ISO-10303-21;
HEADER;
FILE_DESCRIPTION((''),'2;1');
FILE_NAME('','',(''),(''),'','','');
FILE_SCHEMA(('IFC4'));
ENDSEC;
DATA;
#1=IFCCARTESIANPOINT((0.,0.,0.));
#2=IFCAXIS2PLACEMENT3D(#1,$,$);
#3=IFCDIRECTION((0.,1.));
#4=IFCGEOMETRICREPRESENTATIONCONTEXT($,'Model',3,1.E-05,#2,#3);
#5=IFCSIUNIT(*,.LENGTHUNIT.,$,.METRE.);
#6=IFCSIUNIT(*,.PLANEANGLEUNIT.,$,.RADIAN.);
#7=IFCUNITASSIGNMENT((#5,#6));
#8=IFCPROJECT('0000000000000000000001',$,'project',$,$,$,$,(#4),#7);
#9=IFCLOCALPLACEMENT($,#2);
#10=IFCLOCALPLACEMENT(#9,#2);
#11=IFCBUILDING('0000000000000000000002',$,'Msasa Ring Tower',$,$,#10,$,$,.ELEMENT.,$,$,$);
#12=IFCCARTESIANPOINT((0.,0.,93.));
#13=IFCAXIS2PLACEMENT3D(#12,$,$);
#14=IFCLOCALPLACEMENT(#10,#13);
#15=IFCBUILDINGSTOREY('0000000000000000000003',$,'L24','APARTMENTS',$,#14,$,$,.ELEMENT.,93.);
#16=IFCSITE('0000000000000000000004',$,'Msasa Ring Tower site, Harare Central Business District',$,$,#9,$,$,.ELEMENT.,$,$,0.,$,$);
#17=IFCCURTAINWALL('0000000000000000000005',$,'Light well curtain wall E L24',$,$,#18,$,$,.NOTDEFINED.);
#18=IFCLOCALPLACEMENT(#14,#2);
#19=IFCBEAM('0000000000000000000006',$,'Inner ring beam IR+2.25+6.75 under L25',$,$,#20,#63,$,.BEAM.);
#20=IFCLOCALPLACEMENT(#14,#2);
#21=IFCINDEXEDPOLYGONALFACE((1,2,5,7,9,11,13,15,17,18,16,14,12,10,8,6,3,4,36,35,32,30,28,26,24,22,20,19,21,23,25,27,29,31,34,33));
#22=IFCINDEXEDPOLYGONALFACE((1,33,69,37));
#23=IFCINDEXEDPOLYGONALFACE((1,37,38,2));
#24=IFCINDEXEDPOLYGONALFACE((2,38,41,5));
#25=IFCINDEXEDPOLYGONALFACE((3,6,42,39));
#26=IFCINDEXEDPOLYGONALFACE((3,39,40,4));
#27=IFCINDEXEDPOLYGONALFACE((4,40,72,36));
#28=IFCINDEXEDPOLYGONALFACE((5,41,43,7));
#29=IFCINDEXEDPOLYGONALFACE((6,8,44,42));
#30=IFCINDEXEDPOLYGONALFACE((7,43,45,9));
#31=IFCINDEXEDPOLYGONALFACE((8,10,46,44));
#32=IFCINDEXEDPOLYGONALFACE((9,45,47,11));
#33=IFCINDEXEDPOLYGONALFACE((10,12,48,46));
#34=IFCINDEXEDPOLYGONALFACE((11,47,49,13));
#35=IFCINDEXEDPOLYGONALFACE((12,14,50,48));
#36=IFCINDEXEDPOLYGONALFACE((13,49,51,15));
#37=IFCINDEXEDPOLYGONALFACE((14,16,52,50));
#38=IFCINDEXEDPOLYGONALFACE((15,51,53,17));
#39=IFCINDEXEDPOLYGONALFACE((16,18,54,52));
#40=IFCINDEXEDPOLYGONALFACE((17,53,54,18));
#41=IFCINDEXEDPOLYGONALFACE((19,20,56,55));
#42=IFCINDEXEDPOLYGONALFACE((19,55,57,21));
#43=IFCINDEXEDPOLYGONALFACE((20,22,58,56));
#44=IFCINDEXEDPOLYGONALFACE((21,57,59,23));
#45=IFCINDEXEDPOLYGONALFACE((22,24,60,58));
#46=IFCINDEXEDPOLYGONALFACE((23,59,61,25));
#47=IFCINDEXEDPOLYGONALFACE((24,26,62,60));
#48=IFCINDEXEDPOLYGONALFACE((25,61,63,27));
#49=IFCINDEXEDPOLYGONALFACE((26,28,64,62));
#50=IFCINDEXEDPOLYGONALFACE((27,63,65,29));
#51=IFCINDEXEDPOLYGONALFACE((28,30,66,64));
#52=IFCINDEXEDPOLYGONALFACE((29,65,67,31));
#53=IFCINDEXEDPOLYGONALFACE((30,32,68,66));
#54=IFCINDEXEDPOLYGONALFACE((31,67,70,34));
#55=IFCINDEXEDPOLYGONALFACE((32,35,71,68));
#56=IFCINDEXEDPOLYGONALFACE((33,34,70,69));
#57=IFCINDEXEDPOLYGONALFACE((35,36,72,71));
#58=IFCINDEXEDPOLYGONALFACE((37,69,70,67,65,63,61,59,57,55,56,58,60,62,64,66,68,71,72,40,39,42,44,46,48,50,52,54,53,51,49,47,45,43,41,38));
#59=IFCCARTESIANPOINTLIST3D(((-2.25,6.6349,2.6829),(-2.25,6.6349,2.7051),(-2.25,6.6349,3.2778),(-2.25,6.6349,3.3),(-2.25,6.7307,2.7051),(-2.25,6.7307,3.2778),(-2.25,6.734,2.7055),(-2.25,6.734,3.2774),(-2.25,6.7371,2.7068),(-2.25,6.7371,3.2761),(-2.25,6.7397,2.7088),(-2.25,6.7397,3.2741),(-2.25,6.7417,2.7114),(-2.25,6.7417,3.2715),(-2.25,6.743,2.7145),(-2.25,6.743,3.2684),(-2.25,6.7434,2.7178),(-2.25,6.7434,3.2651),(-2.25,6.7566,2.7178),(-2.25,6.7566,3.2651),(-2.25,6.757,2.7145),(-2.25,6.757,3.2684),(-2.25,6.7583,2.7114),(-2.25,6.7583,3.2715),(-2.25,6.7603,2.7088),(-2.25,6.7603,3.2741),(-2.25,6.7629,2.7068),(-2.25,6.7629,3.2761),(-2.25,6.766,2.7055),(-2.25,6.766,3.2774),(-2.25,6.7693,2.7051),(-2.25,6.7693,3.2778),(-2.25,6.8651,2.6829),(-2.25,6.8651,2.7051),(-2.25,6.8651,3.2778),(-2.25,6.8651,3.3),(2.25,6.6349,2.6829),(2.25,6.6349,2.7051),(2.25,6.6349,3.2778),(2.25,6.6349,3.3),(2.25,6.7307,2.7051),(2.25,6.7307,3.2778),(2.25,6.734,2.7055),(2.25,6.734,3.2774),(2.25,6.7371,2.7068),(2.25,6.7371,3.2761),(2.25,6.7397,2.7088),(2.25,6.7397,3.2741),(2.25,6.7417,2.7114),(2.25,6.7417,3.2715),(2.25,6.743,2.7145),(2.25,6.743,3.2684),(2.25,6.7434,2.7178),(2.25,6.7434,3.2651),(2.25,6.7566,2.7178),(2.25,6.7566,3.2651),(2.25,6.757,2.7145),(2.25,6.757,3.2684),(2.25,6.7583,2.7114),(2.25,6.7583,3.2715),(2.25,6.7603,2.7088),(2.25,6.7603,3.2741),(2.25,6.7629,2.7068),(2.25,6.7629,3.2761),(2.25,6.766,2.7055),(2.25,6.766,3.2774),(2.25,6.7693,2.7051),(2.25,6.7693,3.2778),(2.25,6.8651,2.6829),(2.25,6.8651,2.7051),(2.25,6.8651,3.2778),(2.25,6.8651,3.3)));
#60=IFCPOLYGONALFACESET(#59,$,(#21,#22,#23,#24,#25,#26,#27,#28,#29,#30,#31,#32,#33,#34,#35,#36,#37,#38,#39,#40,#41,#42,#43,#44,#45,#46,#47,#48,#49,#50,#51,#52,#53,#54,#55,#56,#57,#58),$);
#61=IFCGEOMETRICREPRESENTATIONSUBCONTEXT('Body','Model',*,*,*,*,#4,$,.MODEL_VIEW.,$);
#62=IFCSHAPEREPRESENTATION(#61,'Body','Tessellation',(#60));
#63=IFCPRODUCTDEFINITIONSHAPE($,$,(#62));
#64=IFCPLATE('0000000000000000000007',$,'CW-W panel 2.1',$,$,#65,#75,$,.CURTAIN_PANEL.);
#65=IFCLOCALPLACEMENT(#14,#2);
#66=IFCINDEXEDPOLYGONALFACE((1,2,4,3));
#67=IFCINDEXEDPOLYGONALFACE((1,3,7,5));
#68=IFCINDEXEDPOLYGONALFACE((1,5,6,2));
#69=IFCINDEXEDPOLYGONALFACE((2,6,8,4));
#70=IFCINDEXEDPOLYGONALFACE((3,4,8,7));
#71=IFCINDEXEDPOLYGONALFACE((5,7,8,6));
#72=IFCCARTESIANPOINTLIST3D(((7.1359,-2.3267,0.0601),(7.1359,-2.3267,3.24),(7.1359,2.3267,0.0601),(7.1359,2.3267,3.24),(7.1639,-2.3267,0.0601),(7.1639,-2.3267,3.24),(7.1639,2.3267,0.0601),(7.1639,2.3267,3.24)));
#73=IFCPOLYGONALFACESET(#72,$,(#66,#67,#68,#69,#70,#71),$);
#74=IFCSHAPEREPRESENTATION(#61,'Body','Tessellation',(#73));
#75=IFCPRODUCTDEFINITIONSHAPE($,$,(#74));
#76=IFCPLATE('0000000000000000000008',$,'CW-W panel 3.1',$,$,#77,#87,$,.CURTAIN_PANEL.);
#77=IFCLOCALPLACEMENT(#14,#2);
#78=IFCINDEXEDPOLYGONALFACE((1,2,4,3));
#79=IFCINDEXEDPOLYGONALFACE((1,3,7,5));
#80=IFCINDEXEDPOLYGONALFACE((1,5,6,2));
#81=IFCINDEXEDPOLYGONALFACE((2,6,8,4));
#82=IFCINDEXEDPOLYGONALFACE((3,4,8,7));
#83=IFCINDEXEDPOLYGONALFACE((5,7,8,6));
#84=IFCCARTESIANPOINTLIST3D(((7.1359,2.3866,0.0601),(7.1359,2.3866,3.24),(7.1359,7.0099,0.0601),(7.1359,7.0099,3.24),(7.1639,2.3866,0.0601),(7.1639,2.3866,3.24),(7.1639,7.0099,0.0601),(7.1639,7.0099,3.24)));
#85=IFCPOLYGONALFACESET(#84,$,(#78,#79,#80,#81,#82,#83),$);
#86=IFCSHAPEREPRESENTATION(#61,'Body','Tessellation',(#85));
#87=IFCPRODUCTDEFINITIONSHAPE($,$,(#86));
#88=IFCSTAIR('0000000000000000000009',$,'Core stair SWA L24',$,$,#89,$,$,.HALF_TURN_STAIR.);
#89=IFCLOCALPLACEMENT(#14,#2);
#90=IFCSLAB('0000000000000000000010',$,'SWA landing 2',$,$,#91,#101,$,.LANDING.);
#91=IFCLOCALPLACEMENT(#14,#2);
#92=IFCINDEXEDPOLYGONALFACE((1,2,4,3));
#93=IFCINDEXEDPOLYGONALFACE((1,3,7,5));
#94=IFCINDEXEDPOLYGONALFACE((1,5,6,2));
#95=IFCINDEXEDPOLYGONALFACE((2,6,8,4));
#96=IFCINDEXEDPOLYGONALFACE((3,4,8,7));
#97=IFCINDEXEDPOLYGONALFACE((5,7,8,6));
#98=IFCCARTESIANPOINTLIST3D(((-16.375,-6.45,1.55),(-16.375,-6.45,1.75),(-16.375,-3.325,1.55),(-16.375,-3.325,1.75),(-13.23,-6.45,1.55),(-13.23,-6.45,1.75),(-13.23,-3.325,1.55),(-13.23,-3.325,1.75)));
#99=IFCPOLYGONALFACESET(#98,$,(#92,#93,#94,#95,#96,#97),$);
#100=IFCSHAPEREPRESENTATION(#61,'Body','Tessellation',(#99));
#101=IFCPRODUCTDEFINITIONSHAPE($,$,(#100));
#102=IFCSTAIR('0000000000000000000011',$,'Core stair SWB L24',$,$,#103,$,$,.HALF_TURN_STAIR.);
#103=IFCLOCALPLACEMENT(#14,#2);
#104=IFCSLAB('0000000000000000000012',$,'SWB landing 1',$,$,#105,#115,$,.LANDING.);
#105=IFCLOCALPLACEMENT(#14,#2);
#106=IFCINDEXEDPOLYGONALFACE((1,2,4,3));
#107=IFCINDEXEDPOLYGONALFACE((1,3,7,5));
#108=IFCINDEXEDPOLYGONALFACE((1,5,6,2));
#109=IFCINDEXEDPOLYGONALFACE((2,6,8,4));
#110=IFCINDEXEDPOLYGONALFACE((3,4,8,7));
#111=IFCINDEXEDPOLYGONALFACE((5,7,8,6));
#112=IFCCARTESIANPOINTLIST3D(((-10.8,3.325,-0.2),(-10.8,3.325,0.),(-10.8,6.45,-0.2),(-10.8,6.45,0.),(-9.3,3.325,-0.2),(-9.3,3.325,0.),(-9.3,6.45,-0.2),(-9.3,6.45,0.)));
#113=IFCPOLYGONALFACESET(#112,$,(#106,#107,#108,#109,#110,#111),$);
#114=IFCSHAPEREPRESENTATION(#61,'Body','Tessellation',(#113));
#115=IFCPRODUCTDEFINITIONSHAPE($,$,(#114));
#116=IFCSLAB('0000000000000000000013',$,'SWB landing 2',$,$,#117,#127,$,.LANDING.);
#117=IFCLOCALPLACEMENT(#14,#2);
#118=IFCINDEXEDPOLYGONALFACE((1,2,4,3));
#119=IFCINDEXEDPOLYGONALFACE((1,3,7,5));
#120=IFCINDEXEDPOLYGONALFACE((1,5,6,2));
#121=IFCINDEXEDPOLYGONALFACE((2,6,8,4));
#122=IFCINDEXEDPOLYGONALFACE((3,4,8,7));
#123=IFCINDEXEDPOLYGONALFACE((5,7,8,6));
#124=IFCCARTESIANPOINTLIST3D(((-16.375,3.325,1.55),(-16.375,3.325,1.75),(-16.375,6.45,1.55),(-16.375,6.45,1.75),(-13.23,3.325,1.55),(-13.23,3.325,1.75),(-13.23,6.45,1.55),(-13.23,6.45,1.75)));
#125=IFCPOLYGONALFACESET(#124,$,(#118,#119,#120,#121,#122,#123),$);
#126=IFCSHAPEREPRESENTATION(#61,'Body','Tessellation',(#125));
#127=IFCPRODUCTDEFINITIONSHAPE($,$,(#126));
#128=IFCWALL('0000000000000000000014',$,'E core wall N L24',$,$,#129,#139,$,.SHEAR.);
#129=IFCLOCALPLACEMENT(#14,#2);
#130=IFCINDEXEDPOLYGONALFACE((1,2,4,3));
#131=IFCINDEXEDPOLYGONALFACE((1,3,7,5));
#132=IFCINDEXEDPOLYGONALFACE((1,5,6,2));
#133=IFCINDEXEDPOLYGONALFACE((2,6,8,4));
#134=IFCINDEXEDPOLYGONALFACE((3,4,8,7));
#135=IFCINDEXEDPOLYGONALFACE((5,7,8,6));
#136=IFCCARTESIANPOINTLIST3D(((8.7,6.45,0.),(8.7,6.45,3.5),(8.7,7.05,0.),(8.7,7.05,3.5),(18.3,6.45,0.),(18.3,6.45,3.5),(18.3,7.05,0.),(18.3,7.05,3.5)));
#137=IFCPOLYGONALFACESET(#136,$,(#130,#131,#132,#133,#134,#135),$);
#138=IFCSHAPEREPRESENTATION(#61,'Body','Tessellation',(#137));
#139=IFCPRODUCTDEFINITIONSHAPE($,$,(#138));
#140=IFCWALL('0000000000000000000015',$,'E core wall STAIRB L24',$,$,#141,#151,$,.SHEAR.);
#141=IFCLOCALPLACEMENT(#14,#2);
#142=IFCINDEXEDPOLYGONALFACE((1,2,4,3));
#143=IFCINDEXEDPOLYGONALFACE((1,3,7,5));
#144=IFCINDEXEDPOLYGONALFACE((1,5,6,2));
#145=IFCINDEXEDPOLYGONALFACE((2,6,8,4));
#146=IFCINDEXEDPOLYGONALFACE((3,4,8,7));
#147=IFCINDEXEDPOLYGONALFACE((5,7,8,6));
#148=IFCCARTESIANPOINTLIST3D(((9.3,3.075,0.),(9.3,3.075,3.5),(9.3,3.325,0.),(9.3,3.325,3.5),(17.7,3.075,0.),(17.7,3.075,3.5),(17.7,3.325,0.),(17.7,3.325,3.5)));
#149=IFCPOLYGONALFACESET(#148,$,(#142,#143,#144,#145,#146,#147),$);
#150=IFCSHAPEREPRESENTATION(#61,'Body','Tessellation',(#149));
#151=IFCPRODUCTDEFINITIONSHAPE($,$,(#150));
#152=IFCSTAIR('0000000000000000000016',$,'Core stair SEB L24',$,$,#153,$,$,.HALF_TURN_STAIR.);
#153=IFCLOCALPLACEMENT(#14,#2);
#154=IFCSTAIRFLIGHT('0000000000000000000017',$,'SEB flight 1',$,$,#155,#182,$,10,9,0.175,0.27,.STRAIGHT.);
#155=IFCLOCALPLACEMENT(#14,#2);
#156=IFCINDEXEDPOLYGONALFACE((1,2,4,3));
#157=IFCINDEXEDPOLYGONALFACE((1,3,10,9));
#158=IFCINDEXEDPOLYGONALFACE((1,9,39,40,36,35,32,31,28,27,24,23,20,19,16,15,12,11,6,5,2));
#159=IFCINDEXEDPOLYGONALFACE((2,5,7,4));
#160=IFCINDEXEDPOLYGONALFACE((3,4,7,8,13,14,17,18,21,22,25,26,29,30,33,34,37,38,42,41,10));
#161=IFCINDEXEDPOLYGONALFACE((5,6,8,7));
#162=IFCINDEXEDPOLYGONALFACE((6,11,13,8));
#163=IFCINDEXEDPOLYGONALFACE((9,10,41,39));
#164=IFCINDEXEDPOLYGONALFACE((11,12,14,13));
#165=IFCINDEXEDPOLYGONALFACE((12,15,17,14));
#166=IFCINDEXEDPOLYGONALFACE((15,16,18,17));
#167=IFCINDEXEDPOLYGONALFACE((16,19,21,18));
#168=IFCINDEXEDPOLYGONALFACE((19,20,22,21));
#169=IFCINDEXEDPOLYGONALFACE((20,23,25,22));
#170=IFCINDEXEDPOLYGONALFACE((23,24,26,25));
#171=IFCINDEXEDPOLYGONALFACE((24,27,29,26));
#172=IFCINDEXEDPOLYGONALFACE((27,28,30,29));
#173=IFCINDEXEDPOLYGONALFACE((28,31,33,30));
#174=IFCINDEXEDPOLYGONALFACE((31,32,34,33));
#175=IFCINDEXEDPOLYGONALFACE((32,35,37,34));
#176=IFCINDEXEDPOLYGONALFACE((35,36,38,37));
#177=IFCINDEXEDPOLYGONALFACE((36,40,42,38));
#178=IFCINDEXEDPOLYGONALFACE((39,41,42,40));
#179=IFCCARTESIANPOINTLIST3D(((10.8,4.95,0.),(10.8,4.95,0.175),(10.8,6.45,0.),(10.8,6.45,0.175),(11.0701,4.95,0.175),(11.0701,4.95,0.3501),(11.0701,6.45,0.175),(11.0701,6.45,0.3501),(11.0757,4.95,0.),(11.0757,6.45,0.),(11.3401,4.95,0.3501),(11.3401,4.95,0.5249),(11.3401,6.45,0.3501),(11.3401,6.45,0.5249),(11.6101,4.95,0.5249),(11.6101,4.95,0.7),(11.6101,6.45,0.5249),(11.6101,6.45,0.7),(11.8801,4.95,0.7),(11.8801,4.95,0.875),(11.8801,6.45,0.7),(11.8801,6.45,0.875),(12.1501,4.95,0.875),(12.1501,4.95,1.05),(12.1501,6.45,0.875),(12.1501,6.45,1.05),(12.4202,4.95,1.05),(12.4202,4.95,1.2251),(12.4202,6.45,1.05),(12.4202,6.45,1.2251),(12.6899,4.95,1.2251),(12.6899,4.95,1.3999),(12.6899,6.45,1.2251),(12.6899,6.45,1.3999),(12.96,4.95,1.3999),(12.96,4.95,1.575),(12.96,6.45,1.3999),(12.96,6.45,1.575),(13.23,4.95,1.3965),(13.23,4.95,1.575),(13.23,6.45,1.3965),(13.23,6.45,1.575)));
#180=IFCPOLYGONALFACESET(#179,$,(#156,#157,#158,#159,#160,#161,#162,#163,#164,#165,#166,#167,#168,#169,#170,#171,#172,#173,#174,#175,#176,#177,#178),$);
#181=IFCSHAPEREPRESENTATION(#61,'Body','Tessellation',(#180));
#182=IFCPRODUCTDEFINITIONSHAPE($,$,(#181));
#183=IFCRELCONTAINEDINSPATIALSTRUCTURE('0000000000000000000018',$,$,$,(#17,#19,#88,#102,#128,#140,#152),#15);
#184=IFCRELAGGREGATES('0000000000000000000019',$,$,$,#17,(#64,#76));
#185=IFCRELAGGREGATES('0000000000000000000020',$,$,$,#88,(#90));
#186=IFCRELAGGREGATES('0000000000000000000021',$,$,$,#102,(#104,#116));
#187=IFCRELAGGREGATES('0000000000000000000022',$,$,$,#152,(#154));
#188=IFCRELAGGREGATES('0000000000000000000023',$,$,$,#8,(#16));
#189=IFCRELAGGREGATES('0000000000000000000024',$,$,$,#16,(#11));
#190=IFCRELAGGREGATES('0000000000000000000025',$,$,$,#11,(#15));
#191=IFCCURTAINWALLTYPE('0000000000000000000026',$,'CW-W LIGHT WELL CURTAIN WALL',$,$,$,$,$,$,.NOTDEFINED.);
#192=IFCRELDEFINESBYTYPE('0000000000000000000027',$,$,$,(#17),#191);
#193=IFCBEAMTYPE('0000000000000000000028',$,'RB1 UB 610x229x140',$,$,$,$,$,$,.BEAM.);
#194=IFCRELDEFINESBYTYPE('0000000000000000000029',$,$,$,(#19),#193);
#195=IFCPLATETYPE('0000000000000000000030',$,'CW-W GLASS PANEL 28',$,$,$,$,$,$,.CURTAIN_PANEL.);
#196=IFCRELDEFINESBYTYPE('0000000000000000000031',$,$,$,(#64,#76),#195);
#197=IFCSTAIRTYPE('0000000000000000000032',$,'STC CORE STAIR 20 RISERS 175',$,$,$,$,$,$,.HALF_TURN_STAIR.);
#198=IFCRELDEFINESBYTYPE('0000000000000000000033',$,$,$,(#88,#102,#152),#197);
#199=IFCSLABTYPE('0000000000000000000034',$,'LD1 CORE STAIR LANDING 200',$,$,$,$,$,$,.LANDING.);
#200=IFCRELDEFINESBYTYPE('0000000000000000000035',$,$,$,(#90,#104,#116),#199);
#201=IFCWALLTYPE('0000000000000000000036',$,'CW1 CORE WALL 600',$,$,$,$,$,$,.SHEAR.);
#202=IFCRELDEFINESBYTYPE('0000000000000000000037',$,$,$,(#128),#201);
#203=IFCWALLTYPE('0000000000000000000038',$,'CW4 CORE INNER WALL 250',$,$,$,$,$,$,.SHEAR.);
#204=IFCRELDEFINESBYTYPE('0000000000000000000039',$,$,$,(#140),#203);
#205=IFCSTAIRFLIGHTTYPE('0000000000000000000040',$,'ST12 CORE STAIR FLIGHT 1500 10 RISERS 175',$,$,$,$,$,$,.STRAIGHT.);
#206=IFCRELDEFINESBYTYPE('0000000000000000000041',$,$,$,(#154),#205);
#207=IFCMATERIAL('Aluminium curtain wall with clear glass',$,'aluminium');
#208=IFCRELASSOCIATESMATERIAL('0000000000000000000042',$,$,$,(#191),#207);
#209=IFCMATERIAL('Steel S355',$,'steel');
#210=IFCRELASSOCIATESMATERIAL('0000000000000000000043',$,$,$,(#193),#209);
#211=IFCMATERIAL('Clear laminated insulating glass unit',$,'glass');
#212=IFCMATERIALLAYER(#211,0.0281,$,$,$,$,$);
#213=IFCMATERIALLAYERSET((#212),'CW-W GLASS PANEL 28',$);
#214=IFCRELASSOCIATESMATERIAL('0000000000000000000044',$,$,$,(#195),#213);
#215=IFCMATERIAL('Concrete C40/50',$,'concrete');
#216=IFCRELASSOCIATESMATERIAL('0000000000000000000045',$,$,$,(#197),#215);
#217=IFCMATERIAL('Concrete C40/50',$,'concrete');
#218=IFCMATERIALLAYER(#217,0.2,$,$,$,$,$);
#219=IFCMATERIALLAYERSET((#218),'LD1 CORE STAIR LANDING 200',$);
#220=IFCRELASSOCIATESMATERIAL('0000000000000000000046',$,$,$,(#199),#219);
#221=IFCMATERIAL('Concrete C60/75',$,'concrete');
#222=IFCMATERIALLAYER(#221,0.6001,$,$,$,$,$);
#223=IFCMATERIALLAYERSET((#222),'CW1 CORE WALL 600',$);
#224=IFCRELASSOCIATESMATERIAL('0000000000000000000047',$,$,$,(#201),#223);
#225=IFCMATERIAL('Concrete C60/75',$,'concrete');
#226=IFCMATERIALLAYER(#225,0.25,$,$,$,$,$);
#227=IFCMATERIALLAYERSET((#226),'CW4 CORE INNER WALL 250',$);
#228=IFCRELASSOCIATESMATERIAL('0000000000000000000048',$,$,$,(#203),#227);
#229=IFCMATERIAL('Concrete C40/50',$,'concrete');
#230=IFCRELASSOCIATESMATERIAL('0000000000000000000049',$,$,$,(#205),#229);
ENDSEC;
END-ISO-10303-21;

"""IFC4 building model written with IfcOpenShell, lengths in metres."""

from ifc_helpers import new_model, si_unit, direction, frame, frame_2d, origin, origin_2d, place, context, subcontext, project, spatial, polyline, rectangle, i_section, outline, extrude, material, layer, layer_set, material_profile, profile_set, type_object, element, aggregate, save


model = new_model("IFC4")

# Units and contexts
model_context = context("Model", 3, precision=1e-05, world=origin(), true_north=direction((0.0, 1.0)))
body_context = subcontext(model_context, "Body", "Model", "MODEL_VIEW")
ifc_project = project(units=[si_unit("LENGTHUNIT", "METRE"), si_unit("PLANEANGLEUNIT", "RADIAN")], contexts=[model_context])

# Site, building, storey
site_placement = place(None, origin())
site = spatial("IfcSite", under=ifc_project, at=site_placement, Name="Msasa Ring Tower site, Harare Central Business District", CompositionType="ELEMENT", RefElevation=0.0)
building_placement = place(site_placement, origin())
building = spatial("IfcBuilding", under=site, at=building_placement, Name="Msasa Ring Tower", CompositionType="ELEMENT")
storey_placement = place(building_placement, frame((0.0, 0.0, 93.0)))
storey = spatial("IfcBuildingStorey", under=building, at=storey_placement, Name="L24", Description="APARTMENTS", CompositionType="ELEMENT", Elevation=93.0)

# Curtain wall
ifc_material_1 = material(Name="Aluminium curtain wall with clear glass", Category="aluminium")
curtain_wall_type = type_object("IfcCurtainWallType", Name="CW-W LIGHT WELL CURTAIN WALL", PredefinedType="NOTDEFINED", material=ifc_material_1)
curtain_wall_placement = place(storey_placement, origin())
curtain_wall = element("IfcCurtainWall", 1, at=curtain_wall_placement, inside=storey, type_object=curtain_wall_type, Name="Light well curtain wall E L24", PredefinedType="NOTDEFINED")

# Beam
ifc_material_2 = material(Name="Steel S355", Category="steel")
ifc_material_profile_1 = material_profile(ifc_material_2, i_section(OverallWidth=0.2302, OverallDepth=0.6172, WebThickness=0.0132, FlangeThickness=0.0222, FilletRadius=0.0127, at=origin_2d()), Name="UB 610x229x140")
ifc_profile_set_1 = profile_set([ifc_material_profile_1], Name="Steel S355")
beam_type = type_object("IfcBeamType", Name="RB1 UB 610x229x140", PredefinedType="BEAM", material=ifc_profile_set_1)
for number, where, z_axis, x_axis, name in (
    (2, (2.25, 6.75, 2.9915), (-1.0, 0.0, 0.0), (0.0, -1.0, 0.0), "Inner ring beam IR+2.25+6.75 under L25"),
):
    element("IfcBeam", number, at=place(storey_placement, frame(where, z_axis=z_axis, x_axis=x_axis)), inside=storey, type_object=beam_type, Name=name, PredefinedType="BEAM", context=body_context, shape_type="SweptSolid", body=[
        extrude(i_section(OverallWidth=0.2302, OverallDepth=0.6172, WebThickness=0.0132, FlangeThickness=0.0222, FilletRadius=0.0127, at=origin_2d()), origin(), (0.0, 0.0, 1.0), 4.5),
    ])

# Plates
ifc_material_3 = material(Name="Clear laminated insulating glass unit", Category="glass")
ifc_layer_1 = layer(ifc_material_3, 0.0281)
ifc_layer_set_1 = layer_set([ifc_layer_1], Name="CW-W GLASS PANEL 28")
plate_type = type_object("IfcPlateType", Name="CW-W GLASS PANEL 28", PredefinedType="CURTAIN_PANEL", material=ifc_layer_set_1)
plate_1_placement = place(storey_placement, frame((7.1499, 0.0, 0.0601), z_axis=(0.0, 0.0, 1.0), x_axis=(0.0, 1.0, 0.0)))
plate_1 = element("IfcPlate", 3, at=plate_1_placement, type_object=plate_type, Name="CW-W panel 2.1", PredefinedType="CURTAIN_PANEL", context=body_context, shape_type="SweptSolid", body=[
    extrude(rectangle(XDim=4.6533, YDim=0.0281, at=origin_2d()), origin(), (0.0, 0.0, 1.0), 3.1799),
])
plate_2_placement = place(storey_placement, frame((7.1499, 4.6982, 0.0601), z_axis=(0.0, 0.0, 1.0), x_axis=(0.0, 1.0, 0.0)))
plate_2 = element("IfcPlate", 4, at=plate_2_placement, type_object=plate_type, Name="CW-W panel 3.1", PredefinedType="CURTAIN_PANEL", context=body_context, shape_type="SweptSolid", body=[
    extrude(rectangle(XDim=4.6233, YDim=0.0281, at=origin_2d()), origin(), (0.0, 0.0, 1.0), 3.1799),
])
aggregate(curtain_wall, [plate_1, plate_2])

# Stair, slab
ifc_material_4 = material(Name="Concrete C40/50", Category="concrete")
stair_type = type_object("IfcStairType", Name="STC CORE STAIR 20 RISERS 175", PredefinedType="HALF_TURN_STAIR", material=ifc_material_4)
stair_1_placement = place(storey_placement, origin())
stair_1 = element("IfcStair", 5, at=stair_1_placement, inside=storey, type_object=stair_type, Name="Core stair SWA L24", PredefinedType="HALF_TURN_STAIR")
ifc_material_5 = material(Name="Concrete C40/50", Category="concrete")
ifc_layer_2 = layer(ifc_material_5, 0.2)
ifc_layer_set_2 = layer_set([ifc_layer_2], Name="LD1 CORE STAIR LANDING 200")
slab_type = type_object("IfcSlabType", Name="LD1 CORE STAIR LANDING 200", PredefinedType="LANDING", material=ifc_layer_set_2)
slab_1_placement = place(storey_placement, frame((0.0, 0.0, 1.55)))
slab_1 = element("IfcSlab", 6, at=slab_1_placement, type_object=slab_type, Name="SWA landing 2", PredefinedType="LANDING", context=body_context, shape_type="SweptSolid", body=[
    extrude(outline(polyline([(-16.375, -6.45), (-13.23, -6.45), (-13.23, -3.325), (-16.375, -3.325), (-16.375, -6.45)])), origin(), (0.0, 0.0, 1.0), 0.2),
])
aggregate(stair_1, [slab_1])

# Stair, slabs
stair_2_placement = place(storey_placement, origin())
stair_2 = element("IfcStair", 7, at=stair_2_placement, inside=storey, type_object=stair_type, Name="Core stair SWB L24", PredefinedType="HALF_TURN_STAIR")
slab_2_placement = place(storey_placement, frame((0.0, 0.0, -0.2)))
slab_2 = element("IfcSlab", 8, at=slab_2_placement, type_object=slab_type, Name="SWB landing 1", PredefinedType="LANDING", context=body_context, shape_type="SweptSolid", body=[
    extrude(outline(polyline([(-10.8, 3.325), (-9.3, 3.325), (-9.3, 6.45), (-10.8, 6.45), (-10.8, 3.325)])), origin(), (0.0, 0.0, 1.0), 0.2),
])
slab_3_placement = place(storey_placement, frame((0.0, 0.0, 1.55)))
slab_3 = element("IfcSlab", 9, at=slab_3_placement, type_object=slab_type, Name="SWB landing 2", PredefinedType="LANDING", context=body_context, shape_type="SweptSolid", body=[
    extrude(outline(polyline([(-16.375, 3.325), (-13.23, 3.325), (-13.23, 6.45), (-16.375, 6.45), (-16.375, 3.325)])), origin(), (0.0, 0.0, 1.0), 0.2),
])
aggregate(stair_2, [slab_2, slab_3])

# Walls
ifc_material_6 = material(Name="Concrete C60/75", Category="concrete")
ifc_layer_3 = layer(ifc_material_6, 0.6001)
ifc_layer_set_3 = layer_set([ifc_layer_3], Name="CW1 CORE WALL 600")
wall_type_1 = type_object("IfcWallType", Name="CW1 CORE WALL 600", PredefinedType="SHEAR", material=ifc_layer_set_3)
wall_1_placement = place(storey_placement, frame((8.7, 6.75, 0.0), z_axis=(0.0, 0.0, 1.0), x_axis=(1.0, 0.0, 0.0)))
element("IfcWall", 10, at=wall_1_placement, inside=storey, type_object=wall_type_1, Name="E core wall N L24", PredefinedType="SHEAR", context=body_context, shape_type="SweptSolid", body=[
    extrude(rectangle(XDim=9.6001, YDim=0.6001, at=frame_2d((4.8, 0.0))), origin(), (0.0, 0.0, 1.0), 3.5),
])
ifc_material_7 = material(Name="Concrete C60/75", Category="concrete")
ifc_layer_4 = layer(ifc_material_7, 0.25)
ifc_layer_set_4 = layer_set([ifc_layer_4], Name="CW4 CORE INNER WALL 250")
wall_type_2 = type_object("IfcWallType", Name="CW4 CORE INNER WALL 250", PredefinedType="SHEAR", material=ifc_layer_set_4)
wall_2_placement = place(storey_placement, frame((9.3, 3.2, 0.0), z_axis=(0.0, 0.0, 1.0), x_axis=(1.0, 0.0, 0.0)))
element("IfcWall", 11, at=wall_2_placement, inside=storey, type_object=wall_type_2, Name="E core wall STAIRB L24", PredefinedType="SHEAR", context=body_context, shape_type="SweptSolid", body=[
    extrude(rectangle(XDim=8.3999, YDim=0.25, at=frame_2d((4.2, 0.0))), origin(), (0.0, 0.0, 1.0), 3.5),
])

# Stair, stair flight
stair_3_placement = place(storey_placement, origin())
stair_3 = element("IfcStair", 12, at=stair_3_placement, inside=storey, type_object=stair_type, Name="Core stair SEB L24", PredefinedType="HALF_TURN_STAIR")
ifc_material_8 = material(Name="Concrete C40/50", Category="concrete")
stair_flight_type = type_object("IfcStairFlightType", Name="ST12 CORE STAIR FLIGHT 1500 10 RISERS 175", PredefinedType="STRAIGHT", material=ifc_material_8)
stair_flight_placement = place(storey_placement, frame((10.8, 5.7, 0.0), z_axis=(0.0, 0.0, 1.0), x_axis=(1.0, 0.0, 0.0)))
stair_flight = element("IfcStairFlight", 13, at=stair_flight_placement, type_object=stair_flight_type, Name="SEB flight 1", NumberOfRisers=10, NumberOfTreads=9, PredefinedType="STRAIGHT", RiserHeight=0.175, TreadLength=0.27, context=body_context, shape_type="SweptSolid", body=[
    extrude(outline(polyline([(0.0, 0.0), (0.0, 0.175), (0.27, 0.175), (0.27, 0.3501), (0.54, 0.3501), (0.54, 0.5249), (0.8101, 0.5249), (0.8101, 0.7), (1.0801, 0.7), (1.0801, 0.875), (1.3501, 0.875), (1.3501, 1.05), (1.6201, 1.05), (1.6201, 1.2251), (1.8899, 1.2251), (1.8899, 1.3999), (2.1599, 1.3999), (2.1599, 1.575), (2.4299, 1.575), (2.4299, 1.75), (2.4299, 1.3965), (0.2756, 0.0), (0.0, 0.0)])), frame((0.0, 0.75, 0.0), z_axis=(0.0, -1.0, 0.0), x_axis=(1.0, 0.0, 0.0)), (0.0, 0.0, 1.0), 1.5),
])
aggregate(stair_3, [stair_flight])

save(model, "model.ifc")
